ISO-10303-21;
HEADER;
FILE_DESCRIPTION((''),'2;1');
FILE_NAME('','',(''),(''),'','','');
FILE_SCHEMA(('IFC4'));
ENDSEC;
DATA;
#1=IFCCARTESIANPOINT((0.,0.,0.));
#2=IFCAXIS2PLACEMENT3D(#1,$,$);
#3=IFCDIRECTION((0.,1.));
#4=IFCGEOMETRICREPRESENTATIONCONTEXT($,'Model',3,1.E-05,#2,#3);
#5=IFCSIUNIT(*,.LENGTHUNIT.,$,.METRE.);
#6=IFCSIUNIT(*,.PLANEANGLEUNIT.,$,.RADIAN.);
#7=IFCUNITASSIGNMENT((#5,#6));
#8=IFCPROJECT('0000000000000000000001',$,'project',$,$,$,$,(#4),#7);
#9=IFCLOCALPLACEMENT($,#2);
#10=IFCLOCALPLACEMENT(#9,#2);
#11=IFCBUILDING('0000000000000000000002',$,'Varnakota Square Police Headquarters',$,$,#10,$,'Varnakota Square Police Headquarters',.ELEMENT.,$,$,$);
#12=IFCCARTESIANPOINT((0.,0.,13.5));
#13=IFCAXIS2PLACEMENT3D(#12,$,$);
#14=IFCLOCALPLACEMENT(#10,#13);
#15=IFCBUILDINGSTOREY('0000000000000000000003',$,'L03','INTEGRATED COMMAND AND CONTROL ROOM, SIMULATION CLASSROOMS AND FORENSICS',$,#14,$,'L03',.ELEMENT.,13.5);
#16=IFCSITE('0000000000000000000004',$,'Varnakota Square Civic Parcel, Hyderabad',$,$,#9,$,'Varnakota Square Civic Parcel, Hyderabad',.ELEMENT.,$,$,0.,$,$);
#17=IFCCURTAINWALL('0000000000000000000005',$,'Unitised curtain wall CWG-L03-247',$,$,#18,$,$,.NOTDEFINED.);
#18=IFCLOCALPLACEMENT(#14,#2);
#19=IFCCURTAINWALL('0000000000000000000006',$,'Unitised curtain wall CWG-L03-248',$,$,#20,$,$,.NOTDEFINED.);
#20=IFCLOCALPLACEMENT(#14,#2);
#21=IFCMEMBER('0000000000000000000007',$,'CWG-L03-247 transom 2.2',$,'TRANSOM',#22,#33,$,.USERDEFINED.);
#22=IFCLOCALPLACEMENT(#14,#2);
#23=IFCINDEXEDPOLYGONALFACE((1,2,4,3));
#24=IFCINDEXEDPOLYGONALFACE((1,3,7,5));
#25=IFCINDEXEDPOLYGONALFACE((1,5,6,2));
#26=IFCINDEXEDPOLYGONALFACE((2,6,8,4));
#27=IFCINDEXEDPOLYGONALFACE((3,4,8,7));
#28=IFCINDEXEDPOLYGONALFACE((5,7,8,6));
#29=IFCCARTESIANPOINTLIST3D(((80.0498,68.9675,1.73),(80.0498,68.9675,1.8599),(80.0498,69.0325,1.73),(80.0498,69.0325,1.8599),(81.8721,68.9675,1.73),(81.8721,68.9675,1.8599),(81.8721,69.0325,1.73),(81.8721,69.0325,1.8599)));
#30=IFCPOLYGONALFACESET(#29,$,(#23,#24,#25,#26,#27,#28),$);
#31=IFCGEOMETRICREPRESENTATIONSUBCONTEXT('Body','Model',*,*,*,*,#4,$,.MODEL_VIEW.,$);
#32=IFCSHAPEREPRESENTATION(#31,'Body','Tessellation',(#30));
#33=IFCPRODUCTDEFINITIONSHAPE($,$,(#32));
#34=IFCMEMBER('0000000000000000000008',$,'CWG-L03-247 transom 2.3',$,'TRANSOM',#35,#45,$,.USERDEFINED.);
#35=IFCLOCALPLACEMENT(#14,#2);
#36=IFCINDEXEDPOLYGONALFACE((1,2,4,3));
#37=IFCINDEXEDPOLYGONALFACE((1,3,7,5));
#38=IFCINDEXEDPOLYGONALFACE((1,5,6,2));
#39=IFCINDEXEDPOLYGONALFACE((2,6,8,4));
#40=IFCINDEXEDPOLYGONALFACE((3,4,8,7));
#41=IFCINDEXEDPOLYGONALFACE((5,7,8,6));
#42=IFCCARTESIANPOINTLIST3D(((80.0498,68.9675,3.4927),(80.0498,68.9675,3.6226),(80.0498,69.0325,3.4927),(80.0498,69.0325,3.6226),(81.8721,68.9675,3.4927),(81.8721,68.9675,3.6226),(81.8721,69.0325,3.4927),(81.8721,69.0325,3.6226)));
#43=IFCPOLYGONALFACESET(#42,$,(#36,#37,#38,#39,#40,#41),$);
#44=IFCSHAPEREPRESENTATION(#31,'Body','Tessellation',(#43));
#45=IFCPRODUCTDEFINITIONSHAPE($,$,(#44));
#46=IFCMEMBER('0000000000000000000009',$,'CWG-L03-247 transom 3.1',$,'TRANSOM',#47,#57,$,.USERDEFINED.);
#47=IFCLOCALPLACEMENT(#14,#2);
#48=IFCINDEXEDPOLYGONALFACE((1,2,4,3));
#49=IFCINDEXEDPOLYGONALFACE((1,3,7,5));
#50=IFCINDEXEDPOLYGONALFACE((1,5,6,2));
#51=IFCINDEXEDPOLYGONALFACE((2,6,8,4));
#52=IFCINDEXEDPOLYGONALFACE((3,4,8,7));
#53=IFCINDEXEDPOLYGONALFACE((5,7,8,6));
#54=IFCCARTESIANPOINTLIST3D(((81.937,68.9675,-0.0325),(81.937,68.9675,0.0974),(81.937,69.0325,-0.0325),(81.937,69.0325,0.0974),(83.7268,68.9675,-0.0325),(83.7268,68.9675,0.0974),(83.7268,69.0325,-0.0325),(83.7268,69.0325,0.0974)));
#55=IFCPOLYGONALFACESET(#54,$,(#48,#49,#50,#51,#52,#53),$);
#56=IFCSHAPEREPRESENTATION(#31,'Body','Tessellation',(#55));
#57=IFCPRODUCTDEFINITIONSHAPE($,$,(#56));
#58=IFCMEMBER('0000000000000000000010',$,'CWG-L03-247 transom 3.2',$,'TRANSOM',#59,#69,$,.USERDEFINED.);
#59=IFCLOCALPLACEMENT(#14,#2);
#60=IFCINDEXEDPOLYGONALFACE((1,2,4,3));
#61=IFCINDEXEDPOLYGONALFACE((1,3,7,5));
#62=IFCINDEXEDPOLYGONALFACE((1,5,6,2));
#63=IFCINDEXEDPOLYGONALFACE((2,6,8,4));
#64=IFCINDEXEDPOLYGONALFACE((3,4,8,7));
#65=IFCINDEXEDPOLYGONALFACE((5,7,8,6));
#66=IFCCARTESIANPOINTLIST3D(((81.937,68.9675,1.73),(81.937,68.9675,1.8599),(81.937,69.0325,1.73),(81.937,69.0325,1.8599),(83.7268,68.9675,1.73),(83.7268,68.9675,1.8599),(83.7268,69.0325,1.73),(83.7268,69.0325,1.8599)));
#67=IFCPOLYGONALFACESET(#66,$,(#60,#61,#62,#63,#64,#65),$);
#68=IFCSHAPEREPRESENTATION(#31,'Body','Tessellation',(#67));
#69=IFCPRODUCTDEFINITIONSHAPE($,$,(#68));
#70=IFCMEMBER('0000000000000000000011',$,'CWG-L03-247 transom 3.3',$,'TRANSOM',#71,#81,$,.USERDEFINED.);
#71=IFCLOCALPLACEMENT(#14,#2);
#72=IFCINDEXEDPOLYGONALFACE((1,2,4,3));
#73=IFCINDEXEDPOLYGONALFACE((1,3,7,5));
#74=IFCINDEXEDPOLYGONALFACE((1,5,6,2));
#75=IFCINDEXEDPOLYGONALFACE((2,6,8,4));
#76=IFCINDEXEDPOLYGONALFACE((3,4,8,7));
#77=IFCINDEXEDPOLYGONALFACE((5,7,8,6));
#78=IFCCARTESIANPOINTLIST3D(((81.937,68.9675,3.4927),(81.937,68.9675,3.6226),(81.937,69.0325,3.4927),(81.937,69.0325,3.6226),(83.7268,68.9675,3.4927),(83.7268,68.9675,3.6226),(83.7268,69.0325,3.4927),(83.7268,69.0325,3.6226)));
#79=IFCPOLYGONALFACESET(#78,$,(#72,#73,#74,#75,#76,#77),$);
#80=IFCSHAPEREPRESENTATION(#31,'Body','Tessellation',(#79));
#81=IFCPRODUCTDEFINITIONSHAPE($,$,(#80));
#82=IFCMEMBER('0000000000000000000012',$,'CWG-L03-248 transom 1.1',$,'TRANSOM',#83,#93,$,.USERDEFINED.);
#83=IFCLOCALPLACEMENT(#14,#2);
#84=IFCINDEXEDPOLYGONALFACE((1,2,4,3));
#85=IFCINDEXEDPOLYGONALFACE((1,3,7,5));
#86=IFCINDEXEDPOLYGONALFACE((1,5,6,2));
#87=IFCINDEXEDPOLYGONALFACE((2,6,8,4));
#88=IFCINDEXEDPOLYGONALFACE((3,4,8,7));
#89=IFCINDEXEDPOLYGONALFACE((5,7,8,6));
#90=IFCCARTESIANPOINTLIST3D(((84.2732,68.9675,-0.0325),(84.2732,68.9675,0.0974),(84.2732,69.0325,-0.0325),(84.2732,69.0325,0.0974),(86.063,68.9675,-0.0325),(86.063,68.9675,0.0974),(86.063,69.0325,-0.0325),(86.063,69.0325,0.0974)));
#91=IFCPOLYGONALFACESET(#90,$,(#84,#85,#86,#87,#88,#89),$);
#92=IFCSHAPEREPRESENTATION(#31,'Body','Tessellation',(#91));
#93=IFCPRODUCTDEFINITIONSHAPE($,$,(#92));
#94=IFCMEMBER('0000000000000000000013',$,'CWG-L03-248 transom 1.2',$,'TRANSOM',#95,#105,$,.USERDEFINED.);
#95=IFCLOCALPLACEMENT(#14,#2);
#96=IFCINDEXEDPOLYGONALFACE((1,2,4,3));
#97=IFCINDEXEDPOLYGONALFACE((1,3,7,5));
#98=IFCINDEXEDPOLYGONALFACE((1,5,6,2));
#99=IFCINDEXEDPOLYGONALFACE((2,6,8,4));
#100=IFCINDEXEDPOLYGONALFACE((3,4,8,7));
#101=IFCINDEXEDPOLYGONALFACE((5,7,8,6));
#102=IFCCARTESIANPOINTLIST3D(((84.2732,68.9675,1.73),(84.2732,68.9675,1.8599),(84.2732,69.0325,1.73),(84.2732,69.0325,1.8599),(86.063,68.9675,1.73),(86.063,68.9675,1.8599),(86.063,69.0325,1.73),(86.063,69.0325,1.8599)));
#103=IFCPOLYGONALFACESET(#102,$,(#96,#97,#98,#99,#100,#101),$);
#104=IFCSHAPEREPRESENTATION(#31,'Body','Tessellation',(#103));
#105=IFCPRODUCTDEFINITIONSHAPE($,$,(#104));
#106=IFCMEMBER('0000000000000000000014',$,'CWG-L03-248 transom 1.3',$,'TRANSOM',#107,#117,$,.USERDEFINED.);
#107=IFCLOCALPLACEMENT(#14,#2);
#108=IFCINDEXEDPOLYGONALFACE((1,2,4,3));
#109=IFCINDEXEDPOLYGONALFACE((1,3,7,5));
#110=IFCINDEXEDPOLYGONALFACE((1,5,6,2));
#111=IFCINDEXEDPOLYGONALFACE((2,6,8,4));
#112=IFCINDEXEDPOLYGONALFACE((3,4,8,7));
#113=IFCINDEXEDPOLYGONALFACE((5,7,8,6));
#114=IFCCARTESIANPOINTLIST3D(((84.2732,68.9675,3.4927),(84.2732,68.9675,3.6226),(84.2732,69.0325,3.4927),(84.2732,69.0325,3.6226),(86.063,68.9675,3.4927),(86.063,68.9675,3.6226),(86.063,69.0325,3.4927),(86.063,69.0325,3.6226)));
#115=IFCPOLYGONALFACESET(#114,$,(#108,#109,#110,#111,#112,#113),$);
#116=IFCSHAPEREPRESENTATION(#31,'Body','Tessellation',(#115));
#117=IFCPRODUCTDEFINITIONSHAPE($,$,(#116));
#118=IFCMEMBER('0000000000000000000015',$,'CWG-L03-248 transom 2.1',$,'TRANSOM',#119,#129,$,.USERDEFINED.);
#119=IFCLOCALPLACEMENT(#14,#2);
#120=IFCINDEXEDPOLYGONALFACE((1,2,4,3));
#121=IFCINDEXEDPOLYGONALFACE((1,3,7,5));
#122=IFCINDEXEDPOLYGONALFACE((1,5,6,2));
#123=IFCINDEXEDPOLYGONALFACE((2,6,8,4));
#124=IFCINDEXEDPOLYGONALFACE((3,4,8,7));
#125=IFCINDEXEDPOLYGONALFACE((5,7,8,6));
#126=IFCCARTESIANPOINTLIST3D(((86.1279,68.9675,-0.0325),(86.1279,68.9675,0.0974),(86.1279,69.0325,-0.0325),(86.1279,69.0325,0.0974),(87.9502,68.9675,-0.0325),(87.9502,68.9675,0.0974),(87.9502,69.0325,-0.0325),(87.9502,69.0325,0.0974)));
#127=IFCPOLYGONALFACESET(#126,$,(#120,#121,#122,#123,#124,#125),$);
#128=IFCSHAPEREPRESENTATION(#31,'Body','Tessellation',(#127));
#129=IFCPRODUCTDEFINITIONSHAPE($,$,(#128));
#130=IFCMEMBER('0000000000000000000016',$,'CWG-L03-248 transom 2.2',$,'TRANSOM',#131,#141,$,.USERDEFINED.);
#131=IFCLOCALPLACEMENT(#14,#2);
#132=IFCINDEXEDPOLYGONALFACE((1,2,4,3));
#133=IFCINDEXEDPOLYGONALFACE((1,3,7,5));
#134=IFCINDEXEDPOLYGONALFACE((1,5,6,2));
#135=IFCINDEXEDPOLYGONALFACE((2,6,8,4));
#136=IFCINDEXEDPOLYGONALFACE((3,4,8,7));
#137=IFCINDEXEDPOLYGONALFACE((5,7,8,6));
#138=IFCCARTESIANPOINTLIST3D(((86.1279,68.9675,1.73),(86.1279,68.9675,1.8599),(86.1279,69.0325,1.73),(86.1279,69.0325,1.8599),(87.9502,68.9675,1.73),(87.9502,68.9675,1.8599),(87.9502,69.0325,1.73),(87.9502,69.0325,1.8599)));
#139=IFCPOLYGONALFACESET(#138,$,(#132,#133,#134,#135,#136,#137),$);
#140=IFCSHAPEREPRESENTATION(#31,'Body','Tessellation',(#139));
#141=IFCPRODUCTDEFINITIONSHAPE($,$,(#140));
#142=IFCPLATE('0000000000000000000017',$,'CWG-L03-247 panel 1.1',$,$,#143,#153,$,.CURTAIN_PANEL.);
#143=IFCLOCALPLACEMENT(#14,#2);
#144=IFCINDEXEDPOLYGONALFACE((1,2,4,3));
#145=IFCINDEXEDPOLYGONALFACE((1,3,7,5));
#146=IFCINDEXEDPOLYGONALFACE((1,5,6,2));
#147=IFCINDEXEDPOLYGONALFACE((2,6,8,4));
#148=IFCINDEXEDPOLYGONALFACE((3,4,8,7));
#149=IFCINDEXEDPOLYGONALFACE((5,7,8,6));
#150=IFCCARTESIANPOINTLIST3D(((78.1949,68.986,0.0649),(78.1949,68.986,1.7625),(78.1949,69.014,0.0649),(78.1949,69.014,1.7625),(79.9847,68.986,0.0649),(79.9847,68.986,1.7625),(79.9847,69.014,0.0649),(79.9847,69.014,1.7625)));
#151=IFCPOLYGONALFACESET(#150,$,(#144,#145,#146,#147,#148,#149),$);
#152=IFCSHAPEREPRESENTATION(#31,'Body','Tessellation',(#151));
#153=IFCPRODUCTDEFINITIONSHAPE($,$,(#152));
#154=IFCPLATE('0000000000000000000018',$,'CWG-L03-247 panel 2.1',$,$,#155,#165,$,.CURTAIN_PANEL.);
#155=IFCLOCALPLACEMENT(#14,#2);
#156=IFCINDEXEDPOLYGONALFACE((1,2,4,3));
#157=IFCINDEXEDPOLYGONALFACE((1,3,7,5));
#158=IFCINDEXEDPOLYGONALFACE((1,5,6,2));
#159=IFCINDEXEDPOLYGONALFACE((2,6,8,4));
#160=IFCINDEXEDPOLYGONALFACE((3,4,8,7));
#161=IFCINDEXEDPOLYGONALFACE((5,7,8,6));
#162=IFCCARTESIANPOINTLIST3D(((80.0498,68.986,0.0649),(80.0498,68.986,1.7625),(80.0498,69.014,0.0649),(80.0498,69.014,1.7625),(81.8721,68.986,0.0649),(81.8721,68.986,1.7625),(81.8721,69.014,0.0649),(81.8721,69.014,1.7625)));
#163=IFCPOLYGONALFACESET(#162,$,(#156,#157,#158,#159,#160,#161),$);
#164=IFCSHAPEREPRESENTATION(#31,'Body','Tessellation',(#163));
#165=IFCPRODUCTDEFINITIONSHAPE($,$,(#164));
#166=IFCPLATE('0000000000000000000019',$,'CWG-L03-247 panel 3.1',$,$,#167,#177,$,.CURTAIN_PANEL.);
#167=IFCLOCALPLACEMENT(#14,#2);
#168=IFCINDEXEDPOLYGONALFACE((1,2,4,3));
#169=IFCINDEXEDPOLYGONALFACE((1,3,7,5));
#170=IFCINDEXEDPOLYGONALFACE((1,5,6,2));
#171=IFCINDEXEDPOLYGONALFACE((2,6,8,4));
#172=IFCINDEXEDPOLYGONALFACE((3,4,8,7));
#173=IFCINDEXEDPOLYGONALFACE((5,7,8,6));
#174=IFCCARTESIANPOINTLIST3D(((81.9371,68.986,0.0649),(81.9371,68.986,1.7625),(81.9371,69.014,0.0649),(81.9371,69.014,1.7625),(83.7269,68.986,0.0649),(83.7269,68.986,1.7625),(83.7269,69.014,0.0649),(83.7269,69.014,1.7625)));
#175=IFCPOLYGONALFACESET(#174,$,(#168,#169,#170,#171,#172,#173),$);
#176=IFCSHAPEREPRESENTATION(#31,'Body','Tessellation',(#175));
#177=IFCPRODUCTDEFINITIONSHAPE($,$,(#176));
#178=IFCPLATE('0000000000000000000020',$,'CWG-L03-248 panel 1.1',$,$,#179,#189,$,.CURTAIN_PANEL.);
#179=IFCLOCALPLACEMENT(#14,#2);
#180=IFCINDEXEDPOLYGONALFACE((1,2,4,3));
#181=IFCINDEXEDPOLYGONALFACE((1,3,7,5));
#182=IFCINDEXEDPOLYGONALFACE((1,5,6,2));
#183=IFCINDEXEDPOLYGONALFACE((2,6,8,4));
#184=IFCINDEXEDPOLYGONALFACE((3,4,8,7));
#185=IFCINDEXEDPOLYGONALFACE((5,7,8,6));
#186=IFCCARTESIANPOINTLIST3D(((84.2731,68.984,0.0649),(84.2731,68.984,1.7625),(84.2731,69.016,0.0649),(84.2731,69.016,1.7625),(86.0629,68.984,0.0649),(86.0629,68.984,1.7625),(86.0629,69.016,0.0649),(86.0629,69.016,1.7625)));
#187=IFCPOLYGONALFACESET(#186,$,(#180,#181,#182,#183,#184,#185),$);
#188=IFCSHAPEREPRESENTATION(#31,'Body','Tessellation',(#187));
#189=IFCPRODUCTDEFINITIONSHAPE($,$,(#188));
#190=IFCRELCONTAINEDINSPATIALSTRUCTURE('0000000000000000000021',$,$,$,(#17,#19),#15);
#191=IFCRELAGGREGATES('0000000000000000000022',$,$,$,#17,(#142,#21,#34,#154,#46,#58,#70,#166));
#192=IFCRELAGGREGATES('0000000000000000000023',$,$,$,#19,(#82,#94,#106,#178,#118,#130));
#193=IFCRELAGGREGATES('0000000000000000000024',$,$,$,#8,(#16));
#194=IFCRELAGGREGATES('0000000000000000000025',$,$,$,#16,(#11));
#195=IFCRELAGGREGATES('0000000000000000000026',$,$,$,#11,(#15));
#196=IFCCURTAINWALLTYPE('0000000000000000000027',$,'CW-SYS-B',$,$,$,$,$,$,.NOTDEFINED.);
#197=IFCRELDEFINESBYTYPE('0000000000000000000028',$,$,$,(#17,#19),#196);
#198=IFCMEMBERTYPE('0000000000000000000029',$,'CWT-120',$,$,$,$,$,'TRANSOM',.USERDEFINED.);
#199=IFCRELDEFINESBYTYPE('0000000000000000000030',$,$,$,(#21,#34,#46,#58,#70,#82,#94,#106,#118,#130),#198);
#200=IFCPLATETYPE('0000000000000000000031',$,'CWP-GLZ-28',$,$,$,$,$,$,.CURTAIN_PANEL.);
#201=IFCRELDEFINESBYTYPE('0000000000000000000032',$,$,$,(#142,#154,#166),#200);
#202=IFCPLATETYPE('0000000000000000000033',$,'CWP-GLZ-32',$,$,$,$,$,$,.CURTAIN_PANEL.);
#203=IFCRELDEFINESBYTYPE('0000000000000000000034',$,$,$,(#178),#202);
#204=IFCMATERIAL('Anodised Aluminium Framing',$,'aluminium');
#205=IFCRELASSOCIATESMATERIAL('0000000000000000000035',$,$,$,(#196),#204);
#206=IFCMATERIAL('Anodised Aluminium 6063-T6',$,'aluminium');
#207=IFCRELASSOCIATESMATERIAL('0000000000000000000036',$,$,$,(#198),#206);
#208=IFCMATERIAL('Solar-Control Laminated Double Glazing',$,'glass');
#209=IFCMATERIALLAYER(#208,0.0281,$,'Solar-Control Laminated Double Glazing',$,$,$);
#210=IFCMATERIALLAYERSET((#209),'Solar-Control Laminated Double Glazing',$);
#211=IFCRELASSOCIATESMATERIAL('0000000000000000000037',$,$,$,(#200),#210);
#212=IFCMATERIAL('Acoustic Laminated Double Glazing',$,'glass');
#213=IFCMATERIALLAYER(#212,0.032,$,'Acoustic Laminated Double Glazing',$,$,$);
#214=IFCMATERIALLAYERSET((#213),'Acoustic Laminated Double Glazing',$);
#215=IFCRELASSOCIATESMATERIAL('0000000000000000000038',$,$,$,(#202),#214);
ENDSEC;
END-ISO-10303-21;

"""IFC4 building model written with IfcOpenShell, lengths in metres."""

from ifc_helpers import new_model, si_unit, direction, frame, origin, origin_2d, place, context, subcontext, project, spatial, rectangle, extrude, material, layer, layer_set, material_profile, profile_set, type_object, element, aggregate, save


model = new_model("IFC4")

# Units and contexts
model_context = context("Model", 3, precision=1e-05, world=origin(), true_north=direction((0.0, 1.0)))
body_context = subcontext(model_context, "Body", "Model", "MODEL_VIEW")
ifc_project = project(units=[si_unit("LENGTHUNIT", "METRE"), si_unit("PLANEANGLEUNIT", "RADIAN")], contexts=[model_context])

# Site, building, storey
site_placement = place(None, origin())
site = spatial("IfcSite", under=ifc_project, at=site_placement, Name="Varnakota Square Civic Parcel, Hyderabad", LongName="Varnakota Square Civic Parcel, Hyderabad", CompositionType="ELEMENT", RefElevation=0.0)
building_placement = place(site_placement, origin())
building = spatial("IfcBuilding", under=site, at=building_placement, Name="Varnakota Square Police Headquarters", LongName="Varnakota Square Police Headquarters", CompositionType="ELEMENT")
storey_placement = place(building_placement, frame((0.0, 0.0, 13.5)))
storey = spatial("IfcBuildingStorey", under=building, at=storey_placement, Name="L03", Description="INTEGRATED COMMAND AND CONTROL ROOM, SIMULATION CLASSROOMS AND FORENSICS", LongName="L03", CompositionType="ELEMENT", Elevation=13.5)

# Shared definitions
ifc_material_1 = material(Name="Anodised Aluminium Framing", Category="aluminium")
curtain_wall_type = type_object("IfcCurtainWallType", Name="CW-SYS-B", PredefinedType="NOTDEFINED", material=ifc_material_1)
ifc_material_2 = material(Name="Anodised Aluminium 6063-T6", Category="aluminium")

# Curtain walls
curtain_wall_1_placement = place(storey_placement, origin())
curtain_wall_1 = element("IfcCurtainWall", 1, at=curtain_wall_1_placement, inside=storey, type_object=curtain_wall_type, Name="Unitised curtain wall CWG-L03-247", PredefinedType="NOTDEFINED")
curtain_wall_2_placement = place(storey_placement, origin())
curtain_wall_2 = element("IfcCurtainWall", 2, at=curtain_wall_2_placement, inside=storey, type_object=curtain_wall_type, Name="Unitised curtain wall CWG-L03-248", PredefinedType="NOTDEFINED")

# Members
ifc_material_profile_1 = material_profile(ifc_material_2, rectangle(XDim=0.0649, YDim=0.1299, at=origin_2d()), Name="ALU TRANSOM 65x130")
ifc_profile_set_1 = profile_set([ifc_material_profile_1], Name="Anodised Aluminium 6063-T6")
member_type_1 = type_object("IfcMemberType", Name="CWT-120", ElementType="TRANSOM", PredefinedType="USERDEFINED", material=ifc_profile_set_1)
member_1_placement = place(storey_placement, frame((80.0498, 69.0, 1.7949), z_axis=(1.0, 0.0, 0.0), x_axis=(0.0, 1.0, 0.0)))
member_1 = element("IfcMember", 3, at=member_1_placement, type_object=member_type_1, Name="CWG-L03-247 transom 2.2", ObjectType="TRANSOM", PredefinedType="USERDEFINED", context=body_context, shape_type="SweptSolid", body=[
    extrude(rectangle(XDim=0.0649, YDim=0.1299, at=origin_2d()), origin(), (0.0, 0.0, 1.0), 1.8223),
])
member_2_placement = place(storey_placement, frame((80.0498, 69.0, 3.5576), z_axis=(1.0, 0.0, 0.0), x_axis=(0.0, 1.0, 0.0)))
member_2 = element("IfcMember", 4, at=member_2_placement, type_object=member_type_1, Name="CWG-L03-247 transom 2.3", ObjectType="TRANSOM", PredefinedType="USERDEFINED", context=body_context, shape_type="SweptSolid", body=[
    extrude(rectangle(XDim=0.0649, YDim=0.1299, at=origin_2d()), origin(), (0.0, 0.0, 1.0), 1.8223),
])
member_3_placement = place(storey_placement, frame((81.937, 69.0, 0.0325), z_axis=(1.0, 0.0, 0.0), x_axis=(0.0, 1.0, 0.0)))
member_3 = element("IfcMember", 5, at=member_3_placement, type_object=member_type_1, Name="CWG-L03-247 transom 3.1", ObjectType="TRANSOM", PredefinedType="USERDEFINED", context=body_context, shape_type="SweptSolid", body=[
    extrude(rectangle(XDim=0.0649, YDim=0.1299, at=origin_2d()), origin(), (0.0, 0.0, 1.0), 1.7898),
])
member_4_placement = place(storey_placement, frame((81.937, 69.0, 1.7949), z_axis=(1.0, 0.0, 0.0), x_axis=(0.0, 1.0, 0.0)))
member_4 = element("IfcMember", 6, at=member_4_placement, type_object=member_type_1, Name="CWG-L03-247 transom 3.2", ObjectType="TRANSOM", PredefinedType="USERDEFINED", context=body_context, shape_type="SweptSolid", body=[
    extrude(rectangle(XDim=0.0649, YDim=0.1299, at=origin_2d()), origin(), (0.0, 0.0, 1.0), 1.7898),
])
member_5_placement = place(storey_placement, frame((81.937, 69.0, 3.5576), z_axis=(1.0, 0.0, 0.0), x_axis=(0.0, 1.0, 0.0)))
member_5 = element("IfcMember", 7, at=member_5_placement, type_object=member_type_1, Name="CWG-L03-247 transom 3.3", ObjectType="TRANSOM", PredefinedType="USERDEFINED", context=body_context, shape_type="SweptSolid", body=[
    extrude(rectangle(XDim=0.0649, YDim=0.1299, at=origin_2d()), origin(), (0.0, 0.0, 1.0), 1.7898),
])
member_6_placement = place(storey_placement, frame((84.2732, 69.0, 0.0325), z_axis=(1.0, 0.0, 0.0), x_axis=(0.0, 1.0, 0.0)))
member_6 = element("IfcMember", 8, at=member_6_placement, type_object=member_type_1, Name="CWG-L03-248 transom 1.1", ObjectType="TRANSOM", PredefinedType="USERDEFINED", context=body_context, shape_type="SweptSolid", body=[
    extrude(rectangle(XDim=0.0649, YDim=0.1299, at=origin_2d()), origin(), (0.0, 0.0, 1.0), 1.7898),
])
member_7_placement = place(storey_placement, frame((84.2732, 69.0, 1.7949), z_axis=(1.0, 0.0, 0.0), x_axis=(0.0, 1.0, 0.0)))
member_7 = element("IfcMember", 9, at=member_7_placement, type_object=member_type_1, Name="CWG-L03-248 transom 1.2", ObjectType="TRANSOM", PredefinedType="USERDEFINED", context=body_context, shape_type="SweptSolid", body=[
    extrude(rectangle(XDim=0.0649, YDim=0.1299, at=origin_2d()), origin(), (0.0, 0.0, 1.0), 1.7898),
])
member_8_placement = place(storey_placement, frame((84.2732, 69.0, 3.5576), z_axis=(1.0, 0.0, 0.0), x_axis=(0.0, 1.0, 0.0)))
member_8 = element("IfcMember", 10, at=member_8_placement, type_object=member_type_1, Name="CWG-L03-248 transom 1.3", ObjectType="TRANSOM", PredefinedType="USERDEFINED", context=body_context, shape_type="SweptSolid", body=[
    extrude(rectangle(XDim=0.0649, YDim=0.1299, at=origin_2d()), origin(), (0.0, 0.0, 1.0), 1.7898),
])
member_9_placement = place(storey_placement, frame((86.1279, 69.0, 0.0325), z_axis=(1.0, 0.0, 0.0), x_axis=(0.0, 1.0, 0.0)))
member_9 = element("IfcMember", 11, at=member_9_placement, type_object=member_type_1, Name="CWG-L03-248 transom 2.1", ObjectType="TRANSOM", PredefinedType="USERDEFINED", context=body_context, shape_type="SweptSolid", body=[
    extrude(rectangle(XDim=0.0649, YDim=0.1299, at=origin_2d()), origin(), (0.0, 0.0, 1.0), 1.8223),
])
member_10_placement = place(storey_placement, frame((86.1279, 69.0, 1.7949), z_axis=(1.0, 0.0, 0.0), x_axis=(0.0, 1.0, 0.0)))
member_10 = element("IfcMember", 12, at=member_10_placement, type_object=member_type_1, Name="CWG-L03-248 transom 2.2", ObjectType="TRANSOM", PredefinedType="USERDEFINED", context=body_context, shape_type="SweptSolid", body=[
    extrude(rectangle(XDim=0.0649, YDim=0.1299, at=origin_2d()), origin(), (0.0, 0.0, 1.0), 1.8223),
])

# Plates
ifc_material_3 = material(Name="Solar-Control Laminated Double Glazing", Category="glass")
ifc_layer_1 = layer(ifc_material_3, 0.0281, Name="Solar-Control Laminated Double Glazing")
ifc_layer_set_1 = layer_set([ifc_layer_1], Name="Solar-Control Laminated Double Glazing")
plate_type_1 = type_object("IfcPlateType", Name="CWP-GLZ-28", PredefinedType="CURTAIN_PANEL", material=ifc_layer_set_1)
plate_1_placement = place(storey_placement, frame((79.0898, 69.0, 0.0649), z_axis=(0.0, 0.0, 1.0), x_axis=(1.0, 0.0, 0.0)))
plate_1 = element("IfcPlate", 13, at=plate_1_placement, type_object=plate_type_1, Name="CWG-L03-247 panel 1.1", PredefinedType="CURTAIN_PANEL", context=body_context, shape_type="SweptSolid", body=[
    extrude(rectangle(XDim=1.7898, YDim=0.0281, at=origin_2d()), origin(), (0.0, 0.0, 1.0), 1.6975),
])
plate_2_placement = place(storey_placement, frame((80.9609, 69.0, 0.0649), z_axis=(0.0, 0.0, 1.0), x_axis=(1.0, 0.0, 0.0)))
plate_2 = element("IfcPlate", 14, at=plate_2_placement, type_object=plate_type_1, Name="CWG-L03-247 panel 2.1", PredefinedType="CURTAIN_PANEL", context=body_context, shape_type="SweptSolid", body=[
    extrude(rectangle(XDim=1.8223, YDim=0.0281, at=origin_2d()), origin(), (0.0, 0.0, 1.0), 1.6975),
])
plate_3_placement = place(storey_placement, frame((82.832, 69.0, 0.0649), z_axis=(0.0, 0.0, 1.0), x_axis=(1.0, 0.0, 0.0)))
plate_3 = element("IfcPlate", 15, at=plate_3_placement, type_object=plate_type_1, Name="CWG-L03-247 panel 3.1", PredefinedType="CURTAIN_PANEL", context=body_context, shape_type="SweptSolid", body=[
    extrude(rectangle(XDim=1.7898, YDim=0.0281, at=origin_2d()), origin(), (0.0, 0.0, 1.0), 1.6975),
])
ifc_material_4 = material(Name="Acoustic Laminated Double Glazing", Category="glass")
ifc_layer_2 = layer(ifc_material_4, 0.032, Name="Acoustic Laminated Double Glazing")
ifc_layer_set_2 = layer_set([ifc_layer_2], Name="Acoustic Laminated Double Glazing")
plate_type_2 = type_object("IfcPlateType", Name="CWP-GLZ-32", PredefinedType="CURTAIN_PANEL", material=ifc_layer_set_2)
plate_4_placement = place(storey_placement, frame((85.168, 69.0, 0.0649), z_axis=(0.0, 0.0, 1.0), x_axis=(1.0, 0.0, 0.0)))
plate_4 = element("IfcPlate", 16, at=plate_4_placement, type_object=plate_type_2, Name="CWG-L03-248 panel 1.1", PredefinedType="CURTAIN_PANEL", context=body_context, shape_type="SweptSolid", body=[
    extrude(rectangle(XDim=1.7898, YDim=0.032, at=origin_2d()), origin(), (0.0, 0.0, 1.0), 1.6975),
])
aggregate(curtain_wall_1, [plate_1, member_1, member_2, plate_2, member_3, member_4, member_5, plate_3])
aggregate(curtain_wall_2, [member_6, member_7, member_8, plate_4, member_9, member_10])

save(model, "model.ifc")
